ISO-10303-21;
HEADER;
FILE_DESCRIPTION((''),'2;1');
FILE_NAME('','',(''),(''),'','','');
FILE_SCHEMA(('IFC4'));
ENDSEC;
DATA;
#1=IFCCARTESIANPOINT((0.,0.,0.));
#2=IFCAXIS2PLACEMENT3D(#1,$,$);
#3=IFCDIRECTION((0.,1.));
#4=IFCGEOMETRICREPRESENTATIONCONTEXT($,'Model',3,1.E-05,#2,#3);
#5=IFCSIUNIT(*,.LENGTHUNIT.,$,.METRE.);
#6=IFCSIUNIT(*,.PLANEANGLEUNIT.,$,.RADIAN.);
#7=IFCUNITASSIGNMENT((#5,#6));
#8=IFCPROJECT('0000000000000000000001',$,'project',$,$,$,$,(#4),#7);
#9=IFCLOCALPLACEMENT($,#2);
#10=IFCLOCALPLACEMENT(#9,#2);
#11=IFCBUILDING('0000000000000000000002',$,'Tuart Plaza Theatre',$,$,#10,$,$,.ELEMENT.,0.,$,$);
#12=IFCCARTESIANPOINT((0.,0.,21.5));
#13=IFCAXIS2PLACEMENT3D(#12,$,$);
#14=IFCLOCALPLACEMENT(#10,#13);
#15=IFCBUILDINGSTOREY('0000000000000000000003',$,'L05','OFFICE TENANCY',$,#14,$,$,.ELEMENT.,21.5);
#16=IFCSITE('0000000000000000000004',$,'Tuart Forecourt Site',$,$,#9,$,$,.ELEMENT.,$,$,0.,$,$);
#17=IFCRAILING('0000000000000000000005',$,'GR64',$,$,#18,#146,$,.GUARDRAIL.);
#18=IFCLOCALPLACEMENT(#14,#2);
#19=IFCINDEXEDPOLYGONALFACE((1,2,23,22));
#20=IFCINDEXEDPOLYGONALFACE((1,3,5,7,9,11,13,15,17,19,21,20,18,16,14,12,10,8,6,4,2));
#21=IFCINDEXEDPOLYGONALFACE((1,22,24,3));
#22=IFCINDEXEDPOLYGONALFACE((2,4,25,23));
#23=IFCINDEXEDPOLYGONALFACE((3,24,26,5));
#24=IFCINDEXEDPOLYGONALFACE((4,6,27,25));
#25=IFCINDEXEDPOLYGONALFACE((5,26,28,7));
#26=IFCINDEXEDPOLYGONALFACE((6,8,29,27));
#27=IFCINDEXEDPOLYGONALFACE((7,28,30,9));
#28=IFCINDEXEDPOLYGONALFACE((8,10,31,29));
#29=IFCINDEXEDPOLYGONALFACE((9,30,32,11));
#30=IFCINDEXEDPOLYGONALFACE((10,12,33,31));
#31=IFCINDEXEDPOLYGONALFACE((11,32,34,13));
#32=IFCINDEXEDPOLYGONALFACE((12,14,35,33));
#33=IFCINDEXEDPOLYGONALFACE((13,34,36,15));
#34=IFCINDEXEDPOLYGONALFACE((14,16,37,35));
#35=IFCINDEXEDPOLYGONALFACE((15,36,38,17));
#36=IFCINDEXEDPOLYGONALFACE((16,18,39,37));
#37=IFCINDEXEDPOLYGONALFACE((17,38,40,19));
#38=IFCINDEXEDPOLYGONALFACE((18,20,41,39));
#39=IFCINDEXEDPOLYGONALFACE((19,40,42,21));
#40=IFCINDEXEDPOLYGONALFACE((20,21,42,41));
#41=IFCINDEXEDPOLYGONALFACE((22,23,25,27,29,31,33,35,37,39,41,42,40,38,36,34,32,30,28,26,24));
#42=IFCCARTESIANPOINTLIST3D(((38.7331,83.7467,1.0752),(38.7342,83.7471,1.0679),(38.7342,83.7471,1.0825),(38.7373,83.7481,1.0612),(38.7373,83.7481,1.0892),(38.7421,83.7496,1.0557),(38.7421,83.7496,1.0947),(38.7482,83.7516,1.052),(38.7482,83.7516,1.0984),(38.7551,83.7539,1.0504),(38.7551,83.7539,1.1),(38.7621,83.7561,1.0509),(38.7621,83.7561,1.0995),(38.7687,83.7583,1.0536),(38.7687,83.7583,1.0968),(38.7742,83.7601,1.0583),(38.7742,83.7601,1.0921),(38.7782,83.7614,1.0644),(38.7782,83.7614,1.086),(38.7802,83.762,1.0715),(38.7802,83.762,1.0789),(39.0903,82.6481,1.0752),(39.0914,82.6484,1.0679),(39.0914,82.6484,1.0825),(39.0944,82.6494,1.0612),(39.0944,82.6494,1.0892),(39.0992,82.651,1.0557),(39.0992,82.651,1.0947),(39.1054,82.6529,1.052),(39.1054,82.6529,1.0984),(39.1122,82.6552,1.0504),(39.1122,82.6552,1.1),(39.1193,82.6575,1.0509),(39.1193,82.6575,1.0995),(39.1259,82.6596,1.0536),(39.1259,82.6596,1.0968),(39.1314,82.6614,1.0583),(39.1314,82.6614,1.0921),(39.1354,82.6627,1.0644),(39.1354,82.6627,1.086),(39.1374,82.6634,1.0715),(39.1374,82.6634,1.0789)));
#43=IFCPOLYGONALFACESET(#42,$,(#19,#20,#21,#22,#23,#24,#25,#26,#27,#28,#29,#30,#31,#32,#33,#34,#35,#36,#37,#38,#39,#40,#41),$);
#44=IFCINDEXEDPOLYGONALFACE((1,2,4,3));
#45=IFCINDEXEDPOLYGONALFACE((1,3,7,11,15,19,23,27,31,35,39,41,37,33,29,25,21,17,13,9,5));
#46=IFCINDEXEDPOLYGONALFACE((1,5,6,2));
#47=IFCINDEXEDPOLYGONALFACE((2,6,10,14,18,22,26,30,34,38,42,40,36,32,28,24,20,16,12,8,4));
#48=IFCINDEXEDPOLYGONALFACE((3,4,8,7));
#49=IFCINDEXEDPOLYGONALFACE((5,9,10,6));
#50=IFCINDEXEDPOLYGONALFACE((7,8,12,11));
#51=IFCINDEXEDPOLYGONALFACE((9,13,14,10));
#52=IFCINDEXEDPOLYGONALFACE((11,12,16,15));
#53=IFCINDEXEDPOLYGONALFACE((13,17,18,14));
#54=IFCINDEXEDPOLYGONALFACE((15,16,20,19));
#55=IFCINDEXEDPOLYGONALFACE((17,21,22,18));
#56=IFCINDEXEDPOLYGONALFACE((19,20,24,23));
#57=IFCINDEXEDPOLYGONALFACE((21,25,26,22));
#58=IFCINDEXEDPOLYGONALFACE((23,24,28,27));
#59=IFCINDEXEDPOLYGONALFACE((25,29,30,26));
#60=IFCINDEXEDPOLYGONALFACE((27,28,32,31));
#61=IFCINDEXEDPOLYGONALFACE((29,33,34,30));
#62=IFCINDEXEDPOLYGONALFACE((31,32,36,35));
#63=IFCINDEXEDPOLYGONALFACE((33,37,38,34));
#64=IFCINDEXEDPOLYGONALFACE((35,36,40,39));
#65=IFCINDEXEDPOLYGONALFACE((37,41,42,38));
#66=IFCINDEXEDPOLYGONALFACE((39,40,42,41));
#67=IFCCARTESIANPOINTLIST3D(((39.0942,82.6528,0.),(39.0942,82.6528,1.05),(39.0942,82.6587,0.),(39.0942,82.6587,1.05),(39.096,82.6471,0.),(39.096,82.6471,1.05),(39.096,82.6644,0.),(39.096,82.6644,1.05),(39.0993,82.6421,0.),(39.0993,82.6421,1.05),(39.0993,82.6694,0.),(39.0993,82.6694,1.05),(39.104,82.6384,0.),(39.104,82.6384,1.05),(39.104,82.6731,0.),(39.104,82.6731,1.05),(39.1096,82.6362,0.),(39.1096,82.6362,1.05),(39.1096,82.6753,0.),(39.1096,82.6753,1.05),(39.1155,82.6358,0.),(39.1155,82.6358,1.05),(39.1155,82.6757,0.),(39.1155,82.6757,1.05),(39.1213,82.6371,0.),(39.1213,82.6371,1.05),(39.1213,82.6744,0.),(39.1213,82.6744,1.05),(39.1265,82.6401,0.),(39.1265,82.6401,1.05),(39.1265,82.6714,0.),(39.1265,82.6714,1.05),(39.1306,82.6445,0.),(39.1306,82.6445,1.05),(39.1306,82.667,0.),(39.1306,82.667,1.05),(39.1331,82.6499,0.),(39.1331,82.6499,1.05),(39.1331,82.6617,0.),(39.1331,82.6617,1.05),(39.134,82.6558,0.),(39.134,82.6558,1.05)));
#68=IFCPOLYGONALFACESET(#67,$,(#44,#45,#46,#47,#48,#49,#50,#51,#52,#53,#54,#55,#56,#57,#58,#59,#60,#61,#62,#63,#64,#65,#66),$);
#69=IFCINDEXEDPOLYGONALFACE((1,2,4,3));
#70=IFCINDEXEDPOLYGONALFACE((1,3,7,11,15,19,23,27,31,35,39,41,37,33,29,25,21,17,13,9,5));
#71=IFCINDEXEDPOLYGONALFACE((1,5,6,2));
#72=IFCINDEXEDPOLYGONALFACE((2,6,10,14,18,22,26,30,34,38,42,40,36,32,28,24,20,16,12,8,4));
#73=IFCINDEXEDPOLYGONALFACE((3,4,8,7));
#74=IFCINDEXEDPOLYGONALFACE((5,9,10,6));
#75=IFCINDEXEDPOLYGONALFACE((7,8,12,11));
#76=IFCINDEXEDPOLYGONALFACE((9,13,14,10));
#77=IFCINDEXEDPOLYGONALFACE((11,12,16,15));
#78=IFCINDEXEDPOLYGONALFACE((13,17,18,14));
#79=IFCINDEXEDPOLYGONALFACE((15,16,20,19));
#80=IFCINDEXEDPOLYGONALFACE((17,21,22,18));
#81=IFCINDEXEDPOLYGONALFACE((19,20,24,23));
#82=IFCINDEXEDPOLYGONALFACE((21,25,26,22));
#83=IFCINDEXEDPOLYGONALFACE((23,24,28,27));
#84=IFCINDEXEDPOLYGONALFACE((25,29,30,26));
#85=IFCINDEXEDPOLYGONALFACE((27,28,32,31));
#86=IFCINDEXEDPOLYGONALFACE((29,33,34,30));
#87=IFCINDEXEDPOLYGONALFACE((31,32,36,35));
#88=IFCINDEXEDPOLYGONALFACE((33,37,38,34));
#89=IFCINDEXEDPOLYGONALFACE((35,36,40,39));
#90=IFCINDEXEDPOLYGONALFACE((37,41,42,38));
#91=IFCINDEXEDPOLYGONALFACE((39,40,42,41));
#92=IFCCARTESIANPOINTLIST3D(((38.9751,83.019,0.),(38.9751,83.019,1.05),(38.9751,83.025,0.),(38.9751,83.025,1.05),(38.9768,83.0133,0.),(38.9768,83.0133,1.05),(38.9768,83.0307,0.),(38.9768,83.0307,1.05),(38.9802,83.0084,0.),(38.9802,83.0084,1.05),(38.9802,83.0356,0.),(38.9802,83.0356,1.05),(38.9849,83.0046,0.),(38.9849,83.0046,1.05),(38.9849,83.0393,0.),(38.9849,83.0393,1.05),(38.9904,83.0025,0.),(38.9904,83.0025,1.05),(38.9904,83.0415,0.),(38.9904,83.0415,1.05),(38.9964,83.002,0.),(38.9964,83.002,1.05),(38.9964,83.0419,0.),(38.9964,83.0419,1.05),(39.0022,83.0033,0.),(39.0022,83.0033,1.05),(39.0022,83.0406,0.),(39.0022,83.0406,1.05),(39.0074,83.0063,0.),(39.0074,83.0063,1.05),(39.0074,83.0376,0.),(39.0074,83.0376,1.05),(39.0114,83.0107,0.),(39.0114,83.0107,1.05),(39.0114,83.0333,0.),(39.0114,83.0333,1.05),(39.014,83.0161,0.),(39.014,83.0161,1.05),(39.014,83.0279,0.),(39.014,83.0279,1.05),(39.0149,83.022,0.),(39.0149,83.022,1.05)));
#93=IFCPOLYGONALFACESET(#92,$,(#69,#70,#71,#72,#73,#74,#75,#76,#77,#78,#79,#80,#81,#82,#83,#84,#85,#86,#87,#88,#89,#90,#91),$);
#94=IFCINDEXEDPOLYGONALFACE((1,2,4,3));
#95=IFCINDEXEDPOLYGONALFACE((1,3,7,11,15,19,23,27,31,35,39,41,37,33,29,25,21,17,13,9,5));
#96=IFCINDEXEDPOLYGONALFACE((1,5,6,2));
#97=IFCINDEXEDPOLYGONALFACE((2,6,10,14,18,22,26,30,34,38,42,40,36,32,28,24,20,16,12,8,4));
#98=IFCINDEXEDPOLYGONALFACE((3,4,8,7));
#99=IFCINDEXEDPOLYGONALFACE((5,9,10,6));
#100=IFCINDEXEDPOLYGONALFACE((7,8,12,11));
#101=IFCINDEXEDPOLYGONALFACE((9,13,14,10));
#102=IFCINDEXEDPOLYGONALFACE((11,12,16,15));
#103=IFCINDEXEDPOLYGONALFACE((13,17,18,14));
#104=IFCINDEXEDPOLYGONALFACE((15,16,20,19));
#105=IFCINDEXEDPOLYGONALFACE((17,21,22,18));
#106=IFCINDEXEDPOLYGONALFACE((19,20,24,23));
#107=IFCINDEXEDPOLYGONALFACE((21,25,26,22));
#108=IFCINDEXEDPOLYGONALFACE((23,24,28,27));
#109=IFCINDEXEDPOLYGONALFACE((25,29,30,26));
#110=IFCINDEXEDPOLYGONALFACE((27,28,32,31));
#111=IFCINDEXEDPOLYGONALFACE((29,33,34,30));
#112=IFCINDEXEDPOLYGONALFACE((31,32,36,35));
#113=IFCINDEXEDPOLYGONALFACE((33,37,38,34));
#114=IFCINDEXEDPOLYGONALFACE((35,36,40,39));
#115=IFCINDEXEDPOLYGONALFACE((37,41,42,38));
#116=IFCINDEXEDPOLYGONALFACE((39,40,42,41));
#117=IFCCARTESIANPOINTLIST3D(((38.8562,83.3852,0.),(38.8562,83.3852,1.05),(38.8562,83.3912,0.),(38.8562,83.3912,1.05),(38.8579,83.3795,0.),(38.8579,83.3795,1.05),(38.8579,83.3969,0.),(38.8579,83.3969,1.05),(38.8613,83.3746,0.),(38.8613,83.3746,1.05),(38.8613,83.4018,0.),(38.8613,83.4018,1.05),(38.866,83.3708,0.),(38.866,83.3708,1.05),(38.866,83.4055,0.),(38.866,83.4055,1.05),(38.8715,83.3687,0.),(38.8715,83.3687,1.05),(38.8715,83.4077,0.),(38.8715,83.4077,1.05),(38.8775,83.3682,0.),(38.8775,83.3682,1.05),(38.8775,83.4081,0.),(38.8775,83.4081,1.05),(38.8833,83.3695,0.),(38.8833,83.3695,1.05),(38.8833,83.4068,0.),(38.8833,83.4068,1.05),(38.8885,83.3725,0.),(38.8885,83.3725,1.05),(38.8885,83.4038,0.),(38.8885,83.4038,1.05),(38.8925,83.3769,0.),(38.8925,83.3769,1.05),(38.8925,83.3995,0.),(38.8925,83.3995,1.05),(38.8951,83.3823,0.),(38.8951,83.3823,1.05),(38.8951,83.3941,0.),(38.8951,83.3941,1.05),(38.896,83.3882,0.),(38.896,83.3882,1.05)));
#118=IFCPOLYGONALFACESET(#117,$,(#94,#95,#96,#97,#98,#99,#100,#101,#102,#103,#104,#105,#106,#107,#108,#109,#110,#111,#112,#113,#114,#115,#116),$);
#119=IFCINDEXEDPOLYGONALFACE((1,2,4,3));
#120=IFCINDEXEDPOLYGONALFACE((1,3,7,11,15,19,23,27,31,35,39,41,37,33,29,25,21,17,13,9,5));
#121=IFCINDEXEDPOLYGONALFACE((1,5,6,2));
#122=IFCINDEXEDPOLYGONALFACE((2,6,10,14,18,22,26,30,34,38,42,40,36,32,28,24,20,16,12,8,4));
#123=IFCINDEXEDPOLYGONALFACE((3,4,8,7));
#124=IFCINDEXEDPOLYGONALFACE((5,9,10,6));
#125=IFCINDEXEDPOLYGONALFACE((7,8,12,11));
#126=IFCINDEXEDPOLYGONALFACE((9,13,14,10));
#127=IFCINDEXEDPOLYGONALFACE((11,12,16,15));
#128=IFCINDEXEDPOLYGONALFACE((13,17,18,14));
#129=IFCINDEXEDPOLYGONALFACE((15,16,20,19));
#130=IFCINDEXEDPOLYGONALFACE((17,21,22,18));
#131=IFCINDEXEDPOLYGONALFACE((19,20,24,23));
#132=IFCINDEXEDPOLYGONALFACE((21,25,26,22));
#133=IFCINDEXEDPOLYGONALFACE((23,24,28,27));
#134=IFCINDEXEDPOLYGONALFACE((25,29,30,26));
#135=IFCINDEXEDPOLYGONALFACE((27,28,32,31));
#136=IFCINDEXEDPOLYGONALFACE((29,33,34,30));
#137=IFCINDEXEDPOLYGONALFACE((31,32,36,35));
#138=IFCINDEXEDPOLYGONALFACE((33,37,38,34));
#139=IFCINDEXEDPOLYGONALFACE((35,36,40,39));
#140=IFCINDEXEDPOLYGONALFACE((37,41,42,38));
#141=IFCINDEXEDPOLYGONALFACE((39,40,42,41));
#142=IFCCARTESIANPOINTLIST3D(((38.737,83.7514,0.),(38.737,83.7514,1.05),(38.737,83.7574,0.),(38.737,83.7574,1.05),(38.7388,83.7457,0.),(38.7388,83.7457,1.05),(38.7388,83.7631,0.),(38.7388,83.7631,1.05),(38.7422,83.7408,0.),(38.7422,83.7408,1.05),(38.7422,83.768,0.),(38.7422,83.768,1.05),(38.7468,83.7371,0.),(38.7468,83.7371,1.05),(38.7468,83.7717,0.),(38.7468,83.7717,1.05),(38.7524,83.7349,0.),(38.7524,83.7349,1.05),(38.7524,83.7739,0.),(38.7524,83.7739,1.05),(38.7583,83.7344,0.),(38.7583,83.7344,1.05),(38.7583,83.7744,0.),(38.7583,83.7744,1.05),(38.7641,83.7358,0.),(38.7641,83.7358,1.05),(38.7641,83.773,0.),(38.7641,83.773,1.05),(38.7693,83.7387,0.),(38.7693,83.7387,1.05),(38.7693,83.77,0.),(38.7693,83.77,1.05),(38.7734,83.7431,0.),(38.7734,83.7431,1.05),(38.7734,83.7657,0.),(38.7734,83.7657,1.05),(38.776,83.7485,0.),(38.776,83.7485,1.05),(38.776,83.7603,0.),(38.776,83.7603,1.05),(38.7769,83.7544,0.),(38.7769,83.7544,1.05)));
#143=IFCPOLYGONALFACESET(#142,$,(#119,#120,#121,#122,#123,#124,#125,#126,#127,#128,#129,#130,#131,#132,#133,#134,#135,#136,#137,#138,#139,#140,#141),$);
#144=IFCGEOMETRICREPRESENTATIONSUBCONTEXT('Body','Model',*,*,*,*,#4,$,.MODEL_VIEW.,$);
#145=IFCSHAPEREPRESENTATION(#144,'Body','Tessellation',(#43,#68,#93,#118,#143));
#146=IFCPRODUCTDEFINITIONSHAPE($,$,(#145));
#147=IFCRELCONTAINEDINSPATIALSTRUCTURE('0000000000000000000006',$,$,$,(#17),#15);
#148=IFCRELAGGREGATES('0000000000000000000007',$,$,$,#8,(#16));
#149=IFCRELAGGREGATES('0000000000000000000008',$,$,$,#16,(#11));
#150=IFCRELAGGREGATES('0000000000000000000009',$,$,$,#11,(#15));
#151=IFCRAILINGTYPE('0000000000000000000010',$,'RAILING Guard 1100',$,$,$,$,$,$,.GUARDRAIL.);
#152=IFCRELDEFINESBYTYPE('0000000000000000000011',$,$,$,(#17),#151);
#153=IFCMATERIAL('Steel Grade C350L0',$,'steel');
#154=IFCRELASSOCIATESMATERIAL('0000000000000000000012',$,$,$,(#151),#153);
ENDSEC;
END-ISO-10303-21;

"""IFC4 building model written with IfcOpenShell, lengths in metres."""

from ifc_helpers import new_model, si_unit, direction, frame, origin, origin_2d, place, context, subcontext, project, spatial, circle, extrude, material, type_object, element, save


model = new_model("IFC4")

# Units and contexts
model_context = context("Model", 3, precision=1e-05, world=origin(), true_north=direction((0.0, 1.0)))
body_context = subcontext(model_context, "Body", "Model", "MODEL_VIEW")
ifc_project = project(units=[si_unit("LENGTHUNIT", "METRE"), si_unit("PLANEANGLEUNIT", "RADIAN")], contexts=[model_context])

# Site, building, storey
site_placement = place(None, origin())
site = spatial("IfcSite", under=ifc_project, at=site_placement, Name="Tuart Forecourt Site", CompositionType="ELEMENT", RefElevation=0.0)
building_placement = place(site_placement, origin())
building = spatial("IfcBuilding", under=site, at=building_placement, Name="Tuart Plaza Theatre", CompositionType="ELEMENT", ElevationOfRefHeight=0.0)
storey_placement = place(building_placement, frame((0.0, 0.0, 21.5)))
storey = spatial("IfcBuildingStorey", under=building, at=storey_placement, Name="L05", Description="OFFICE TENANCY", CompositionType="ELEMENT", Elevation=21.5)

# Railing
ifc_material_1 = material(Name="Steel Grade C350L0", Category="steel")
railing_type_1 = type_object("IfcRailingType", Name="RAILING Guard 1100", PredefinedType="GUARDRAIL", material=ifc_material_1)
railing_1_placement = place(storey_placement, frame((39.114, 82.6558, 0.0)))
element("IfcRailing", 1, at=railing_1_placement, inside=storey, type_object=railing_type_1, Name="GR64", PredefinedType="GUARDRAIL", context=body_context, shape_type="SweptSolid", body=[
    extrude(circle(Radius=0.0249, at=origin_2d()), frame((0.0, 0.0, 1.0752), z_axis=(-0.309182, 0.951003, 0.0), x_axis=(-0.951003, -0.309182, 0.0)), (0.0, 0.0, 1.0), 1.1553),
    extrude(circle(Radius=0.02, at=origin_2d()), origin(), (0.0, 0.0, 1.0), 1.05),
    extrude(circle(Radius=0.02, at=origin_2d()), frame((-0.1191, 0.3662, 0.0)), (0.0, 0.0, 1.0), 1.05),
    extrude(circle(Radius=0.02, at=origin_2d()), frame((-0.238, 0.7324, 0.0)), (0.0, 0.0, 1.0), 1.05),
    extrude(circle(Radius=0.02, at=origin_2d()), frame((-0.3572, 1.0986, 0.0)), (0.0, 0.0, 1.0), 1.05),
])

save(model, "model.ifc")
